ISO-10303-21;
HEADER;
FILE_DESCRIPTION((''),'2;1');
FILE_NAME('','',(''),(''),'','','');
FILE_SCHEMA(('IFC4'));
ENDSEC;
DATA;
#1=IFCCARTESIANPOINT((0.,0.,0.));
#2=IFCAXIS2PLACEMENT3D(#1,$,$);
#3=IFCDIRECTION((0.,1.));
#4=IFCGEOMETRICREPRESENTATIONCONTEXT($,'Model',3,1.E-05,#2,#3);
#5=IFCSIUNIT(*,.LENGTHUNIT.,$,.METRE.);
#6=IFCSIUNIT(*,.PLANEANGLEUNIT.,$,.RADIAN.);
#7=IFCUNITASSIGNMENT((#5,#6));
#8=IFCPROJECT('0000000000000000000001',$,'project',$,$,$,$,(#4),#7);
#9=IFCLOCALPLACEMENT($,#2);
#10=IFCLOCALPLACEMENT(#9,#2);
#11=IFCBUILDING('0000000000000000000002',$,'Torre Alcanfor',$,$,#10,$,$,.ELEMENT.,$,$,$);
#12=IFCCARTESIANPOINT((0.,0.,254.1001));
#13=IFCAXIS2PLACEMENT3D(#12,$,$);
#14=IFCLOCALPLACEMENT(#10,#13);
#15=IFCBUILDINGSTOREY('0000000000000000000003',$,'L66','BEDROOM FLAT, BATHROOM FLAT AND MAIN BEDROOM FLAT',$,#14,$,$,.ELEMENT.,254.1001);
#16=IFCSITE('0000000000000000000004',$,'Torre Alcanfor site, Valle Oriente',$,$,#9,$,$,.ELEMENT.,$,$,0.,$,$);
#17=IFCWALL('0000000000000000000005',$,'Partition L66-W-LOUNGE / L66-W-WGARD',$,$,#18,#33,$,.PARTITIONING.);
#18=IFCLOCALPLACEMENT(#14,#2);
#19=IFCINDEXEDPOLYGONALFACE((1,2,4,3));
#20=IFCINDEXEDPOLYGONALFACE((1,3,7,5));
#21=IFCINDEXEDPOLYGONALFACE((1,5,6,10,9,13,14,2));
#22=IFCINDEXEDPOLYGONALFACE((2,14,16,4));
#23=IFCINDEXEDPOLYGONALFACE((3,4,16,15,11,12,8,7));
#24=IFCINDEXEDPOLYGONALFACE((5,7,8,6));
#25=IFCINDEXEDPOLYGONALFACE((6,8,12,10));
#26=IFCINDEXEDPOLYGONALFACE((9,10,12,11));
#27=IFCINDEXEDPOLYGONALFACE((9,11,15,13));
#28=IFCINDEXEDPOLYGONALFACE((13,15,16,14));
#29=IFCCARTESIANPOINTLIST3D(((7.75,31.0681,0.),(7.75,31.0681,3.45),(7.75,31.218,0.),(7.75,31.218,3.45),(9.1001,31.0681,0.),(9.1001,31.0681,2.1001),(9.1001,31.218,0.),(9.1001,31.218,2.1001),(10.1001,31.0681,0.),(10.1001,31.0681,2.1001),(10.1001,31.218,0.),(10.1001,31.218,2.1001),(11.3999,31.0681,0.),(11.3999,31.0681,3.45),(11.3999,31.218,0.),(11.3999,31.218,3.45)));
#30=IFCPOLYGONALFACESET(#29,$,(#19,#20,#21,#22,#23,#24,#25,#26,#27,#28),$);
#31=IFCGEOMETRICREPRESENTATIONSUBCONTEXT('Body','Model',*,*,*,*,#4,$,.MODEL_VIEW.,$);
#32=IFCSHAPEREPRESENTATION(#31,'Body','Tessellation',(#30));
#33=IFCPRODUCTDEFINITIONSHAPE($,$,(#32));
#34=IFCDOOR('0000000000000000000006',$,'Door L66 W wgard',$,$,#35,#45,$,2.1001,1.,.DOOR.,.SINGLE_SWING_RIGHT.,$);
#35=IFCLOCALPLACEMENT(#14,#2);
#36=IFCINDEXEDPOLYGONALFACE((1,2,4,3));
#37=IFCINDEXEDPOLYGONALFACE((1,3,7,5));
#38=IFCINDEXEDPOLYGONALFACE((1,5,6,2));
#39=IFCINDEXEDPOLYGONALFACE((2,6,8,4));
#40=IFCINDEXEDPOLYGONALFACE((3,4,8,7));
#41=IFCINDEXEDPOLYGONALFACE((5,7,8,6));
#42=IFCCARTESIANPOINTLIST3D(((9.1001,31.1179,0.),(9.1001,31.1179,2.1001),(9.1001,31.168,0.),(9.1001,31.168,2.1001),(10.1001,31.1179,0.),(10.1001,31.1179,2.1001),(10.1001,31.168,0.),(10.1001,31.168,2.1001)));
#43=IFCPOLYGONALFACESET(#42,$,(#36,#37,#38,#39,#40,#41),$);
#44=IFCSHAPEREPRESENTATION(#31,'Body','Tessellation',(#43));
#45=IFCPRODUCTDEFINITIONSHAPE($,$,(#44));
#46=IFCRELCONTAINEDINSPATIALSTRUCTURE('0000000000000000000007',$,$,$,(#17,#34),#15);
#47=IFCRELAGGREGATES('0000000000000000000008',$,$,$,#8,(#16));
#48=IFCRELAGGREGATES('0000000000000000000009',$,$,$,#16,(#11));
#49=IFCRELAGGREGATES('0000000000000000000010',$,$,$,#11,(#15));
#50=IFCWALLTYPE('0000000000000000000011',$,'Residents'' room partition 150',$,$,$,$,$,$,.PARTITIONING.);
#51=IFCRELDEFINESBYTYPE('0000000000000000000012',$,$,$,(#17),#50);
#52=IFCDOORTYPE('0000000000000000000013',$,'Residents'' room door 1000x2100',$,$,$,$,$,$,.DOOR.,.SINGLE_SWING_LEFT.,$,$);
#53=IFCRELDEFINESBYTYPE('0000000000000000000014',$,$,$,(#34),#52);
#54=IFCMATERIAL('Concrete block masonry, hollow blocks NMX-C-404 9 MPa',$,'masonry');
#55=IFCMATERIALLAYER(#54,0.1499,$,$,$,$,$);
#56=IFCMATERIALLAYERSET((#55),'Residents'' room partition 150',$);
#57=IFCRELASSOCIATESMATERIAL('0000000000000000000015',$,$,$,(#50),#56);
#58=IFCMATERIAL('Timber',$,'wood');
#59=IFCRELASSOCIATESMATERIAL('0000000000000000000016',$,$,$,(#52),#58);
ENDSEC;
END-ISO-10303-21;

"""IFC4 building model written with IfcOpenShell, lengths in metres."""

from ifc_helpers import new_model, si_unit, direction, frame, frame_2d, origin, place, context, subcontext, project, spatial, rectangle, extrude, material, layer, layer_set, type_object, element, fill, save


model = new_model("IFC4")

# Units and contexts
model_context = context("Model", 3, precision=1e-05, world=origin(), true_north=direction((0.0, 1.0)))
body_context = subcontext(model_context, "Body", "Model", "MODEL_VIEW")
ifc_project = project(units=[si_unit("LENGTHUNIT", "METRE"), si_unit("PLANEANGLEUNIT", "RADIAN")], contexts=[model_context])

# Site, building, storey
site_placement = place(None, origin())
site = spatial("IfcSite", under=ifc_project, at=site_placement, Name="Torre Alcanfor site, Valle Oriente", CompositionType="ELEMENT", RefElevation=0.0)
building_placement = place(site_placement, origin())
building = spatial("IfcBuilding", under=site, at=building_placement, Name="Torre Alcanfor", CompositionType="ELEMENT")
storey_placement = place(building_placement, frame((0.0, 0.0, 254.1001)))
storey = spatial("IfcBuildingStorey", under=building, at=storey_placement, Name="L66", Description="BEDROOM FLAT, BATHROOM FLAT AND MAIN BEDROOM FLAT", CompositionType="ELEMENT", Elevation=254.1001)

# Shared definitions
ifc_material_1 = material(Name="Concrete block masonry, hollow blocks NMX-C-404 9 MPa", Category="masonry")
ifc_layer_1 = layer(ifc_material_1, 0.1499)
ifc_layer_set_1 = layer_set([ifc_layer_1], Name="Residents' room partition 150")
wall_type = type_object("IfcWallType", Name="Residents' room partition 150", PredefinedType="PARTITIONING", material=ifc_layer_set_1)

# Wall, opening, door
ifc_material_2 = material(Name="Timber", Category="wood")
door_type_1 = type_object("IfcDoorType", Name="Residents' room door 1000x2100", OperationType="SINGLE_SWING_LEFT", PredefinedType="DOOR", material=ifc_material_2)
wall_1_placement = place(storey_placement, frame((7.75, 31.1431, 0.0), z_axis=(0.0, 0.0, 1.0), x_axis=(1.0, 0.0, 0.0)))
wall_1 = element("IfcWall", 1, at=wall_1_placement, inside=storey, type_object=wall_type, Name="Partition L66-W-LOUNGE / L66-W-WGARD", PredefinedType="PARTITIONING", context=body_context, shape_type="SweptSolid", body=[
    extrude(rectangle(XDim=3.6499, YDim=0.1499, at=frame_2d((1.825, 0.0))), origin(), (0.0, 0.0, 1.0), 3.45),
])
opening_1_placement = place(wall_1_placement, frame((1.3501, 0.0, 0.0)))
opening_1 = element("IfcOpeningElement", 2, at=opening_1_placement, cuts=wall_1, PredefinedType="OPENING", context=body_context, shape_type="SweptSolid", body=[
    extrude(rectangle(XDim=1.0, YDim=2.1001, at=frame_2d((0.5, 1.05))), frame((0.0, 0.085, 0.0), z_axis=(0.0, -1.0, 0.0), x_axis=(1.0, 0.0, 0.0)), (0.0, 0.0, 1.0), 0.1699),
])
door_1_placement = place(opening_1_placement, origin())
door_1 = element("IfcDoor", 3, at=door_1_placement, inside=storey, type_object=door_type_1, Name="Door L66 W wgard", OperationType="SINGLE_SWING_RIGHT", OverallHeight=2.1001, OverallWidth=1.0, PredefinedType="DOOR", context=body_context, shape_type="SweptSolid", body=[
    extrude(rectangle(XDim=1.0, YDim=2.1001, at=frame_2d((0.5, 1.05))), frame((0.0, 0.0249, 0.0), z_axis=(0.0, -1.0, 0.0), x_axis=(1.0, 0.0, 0.0)), (0.0, 0.0, 1.0), 0.05),
])
fill(opening_1, door_1)

save(model, "model.ifc")
